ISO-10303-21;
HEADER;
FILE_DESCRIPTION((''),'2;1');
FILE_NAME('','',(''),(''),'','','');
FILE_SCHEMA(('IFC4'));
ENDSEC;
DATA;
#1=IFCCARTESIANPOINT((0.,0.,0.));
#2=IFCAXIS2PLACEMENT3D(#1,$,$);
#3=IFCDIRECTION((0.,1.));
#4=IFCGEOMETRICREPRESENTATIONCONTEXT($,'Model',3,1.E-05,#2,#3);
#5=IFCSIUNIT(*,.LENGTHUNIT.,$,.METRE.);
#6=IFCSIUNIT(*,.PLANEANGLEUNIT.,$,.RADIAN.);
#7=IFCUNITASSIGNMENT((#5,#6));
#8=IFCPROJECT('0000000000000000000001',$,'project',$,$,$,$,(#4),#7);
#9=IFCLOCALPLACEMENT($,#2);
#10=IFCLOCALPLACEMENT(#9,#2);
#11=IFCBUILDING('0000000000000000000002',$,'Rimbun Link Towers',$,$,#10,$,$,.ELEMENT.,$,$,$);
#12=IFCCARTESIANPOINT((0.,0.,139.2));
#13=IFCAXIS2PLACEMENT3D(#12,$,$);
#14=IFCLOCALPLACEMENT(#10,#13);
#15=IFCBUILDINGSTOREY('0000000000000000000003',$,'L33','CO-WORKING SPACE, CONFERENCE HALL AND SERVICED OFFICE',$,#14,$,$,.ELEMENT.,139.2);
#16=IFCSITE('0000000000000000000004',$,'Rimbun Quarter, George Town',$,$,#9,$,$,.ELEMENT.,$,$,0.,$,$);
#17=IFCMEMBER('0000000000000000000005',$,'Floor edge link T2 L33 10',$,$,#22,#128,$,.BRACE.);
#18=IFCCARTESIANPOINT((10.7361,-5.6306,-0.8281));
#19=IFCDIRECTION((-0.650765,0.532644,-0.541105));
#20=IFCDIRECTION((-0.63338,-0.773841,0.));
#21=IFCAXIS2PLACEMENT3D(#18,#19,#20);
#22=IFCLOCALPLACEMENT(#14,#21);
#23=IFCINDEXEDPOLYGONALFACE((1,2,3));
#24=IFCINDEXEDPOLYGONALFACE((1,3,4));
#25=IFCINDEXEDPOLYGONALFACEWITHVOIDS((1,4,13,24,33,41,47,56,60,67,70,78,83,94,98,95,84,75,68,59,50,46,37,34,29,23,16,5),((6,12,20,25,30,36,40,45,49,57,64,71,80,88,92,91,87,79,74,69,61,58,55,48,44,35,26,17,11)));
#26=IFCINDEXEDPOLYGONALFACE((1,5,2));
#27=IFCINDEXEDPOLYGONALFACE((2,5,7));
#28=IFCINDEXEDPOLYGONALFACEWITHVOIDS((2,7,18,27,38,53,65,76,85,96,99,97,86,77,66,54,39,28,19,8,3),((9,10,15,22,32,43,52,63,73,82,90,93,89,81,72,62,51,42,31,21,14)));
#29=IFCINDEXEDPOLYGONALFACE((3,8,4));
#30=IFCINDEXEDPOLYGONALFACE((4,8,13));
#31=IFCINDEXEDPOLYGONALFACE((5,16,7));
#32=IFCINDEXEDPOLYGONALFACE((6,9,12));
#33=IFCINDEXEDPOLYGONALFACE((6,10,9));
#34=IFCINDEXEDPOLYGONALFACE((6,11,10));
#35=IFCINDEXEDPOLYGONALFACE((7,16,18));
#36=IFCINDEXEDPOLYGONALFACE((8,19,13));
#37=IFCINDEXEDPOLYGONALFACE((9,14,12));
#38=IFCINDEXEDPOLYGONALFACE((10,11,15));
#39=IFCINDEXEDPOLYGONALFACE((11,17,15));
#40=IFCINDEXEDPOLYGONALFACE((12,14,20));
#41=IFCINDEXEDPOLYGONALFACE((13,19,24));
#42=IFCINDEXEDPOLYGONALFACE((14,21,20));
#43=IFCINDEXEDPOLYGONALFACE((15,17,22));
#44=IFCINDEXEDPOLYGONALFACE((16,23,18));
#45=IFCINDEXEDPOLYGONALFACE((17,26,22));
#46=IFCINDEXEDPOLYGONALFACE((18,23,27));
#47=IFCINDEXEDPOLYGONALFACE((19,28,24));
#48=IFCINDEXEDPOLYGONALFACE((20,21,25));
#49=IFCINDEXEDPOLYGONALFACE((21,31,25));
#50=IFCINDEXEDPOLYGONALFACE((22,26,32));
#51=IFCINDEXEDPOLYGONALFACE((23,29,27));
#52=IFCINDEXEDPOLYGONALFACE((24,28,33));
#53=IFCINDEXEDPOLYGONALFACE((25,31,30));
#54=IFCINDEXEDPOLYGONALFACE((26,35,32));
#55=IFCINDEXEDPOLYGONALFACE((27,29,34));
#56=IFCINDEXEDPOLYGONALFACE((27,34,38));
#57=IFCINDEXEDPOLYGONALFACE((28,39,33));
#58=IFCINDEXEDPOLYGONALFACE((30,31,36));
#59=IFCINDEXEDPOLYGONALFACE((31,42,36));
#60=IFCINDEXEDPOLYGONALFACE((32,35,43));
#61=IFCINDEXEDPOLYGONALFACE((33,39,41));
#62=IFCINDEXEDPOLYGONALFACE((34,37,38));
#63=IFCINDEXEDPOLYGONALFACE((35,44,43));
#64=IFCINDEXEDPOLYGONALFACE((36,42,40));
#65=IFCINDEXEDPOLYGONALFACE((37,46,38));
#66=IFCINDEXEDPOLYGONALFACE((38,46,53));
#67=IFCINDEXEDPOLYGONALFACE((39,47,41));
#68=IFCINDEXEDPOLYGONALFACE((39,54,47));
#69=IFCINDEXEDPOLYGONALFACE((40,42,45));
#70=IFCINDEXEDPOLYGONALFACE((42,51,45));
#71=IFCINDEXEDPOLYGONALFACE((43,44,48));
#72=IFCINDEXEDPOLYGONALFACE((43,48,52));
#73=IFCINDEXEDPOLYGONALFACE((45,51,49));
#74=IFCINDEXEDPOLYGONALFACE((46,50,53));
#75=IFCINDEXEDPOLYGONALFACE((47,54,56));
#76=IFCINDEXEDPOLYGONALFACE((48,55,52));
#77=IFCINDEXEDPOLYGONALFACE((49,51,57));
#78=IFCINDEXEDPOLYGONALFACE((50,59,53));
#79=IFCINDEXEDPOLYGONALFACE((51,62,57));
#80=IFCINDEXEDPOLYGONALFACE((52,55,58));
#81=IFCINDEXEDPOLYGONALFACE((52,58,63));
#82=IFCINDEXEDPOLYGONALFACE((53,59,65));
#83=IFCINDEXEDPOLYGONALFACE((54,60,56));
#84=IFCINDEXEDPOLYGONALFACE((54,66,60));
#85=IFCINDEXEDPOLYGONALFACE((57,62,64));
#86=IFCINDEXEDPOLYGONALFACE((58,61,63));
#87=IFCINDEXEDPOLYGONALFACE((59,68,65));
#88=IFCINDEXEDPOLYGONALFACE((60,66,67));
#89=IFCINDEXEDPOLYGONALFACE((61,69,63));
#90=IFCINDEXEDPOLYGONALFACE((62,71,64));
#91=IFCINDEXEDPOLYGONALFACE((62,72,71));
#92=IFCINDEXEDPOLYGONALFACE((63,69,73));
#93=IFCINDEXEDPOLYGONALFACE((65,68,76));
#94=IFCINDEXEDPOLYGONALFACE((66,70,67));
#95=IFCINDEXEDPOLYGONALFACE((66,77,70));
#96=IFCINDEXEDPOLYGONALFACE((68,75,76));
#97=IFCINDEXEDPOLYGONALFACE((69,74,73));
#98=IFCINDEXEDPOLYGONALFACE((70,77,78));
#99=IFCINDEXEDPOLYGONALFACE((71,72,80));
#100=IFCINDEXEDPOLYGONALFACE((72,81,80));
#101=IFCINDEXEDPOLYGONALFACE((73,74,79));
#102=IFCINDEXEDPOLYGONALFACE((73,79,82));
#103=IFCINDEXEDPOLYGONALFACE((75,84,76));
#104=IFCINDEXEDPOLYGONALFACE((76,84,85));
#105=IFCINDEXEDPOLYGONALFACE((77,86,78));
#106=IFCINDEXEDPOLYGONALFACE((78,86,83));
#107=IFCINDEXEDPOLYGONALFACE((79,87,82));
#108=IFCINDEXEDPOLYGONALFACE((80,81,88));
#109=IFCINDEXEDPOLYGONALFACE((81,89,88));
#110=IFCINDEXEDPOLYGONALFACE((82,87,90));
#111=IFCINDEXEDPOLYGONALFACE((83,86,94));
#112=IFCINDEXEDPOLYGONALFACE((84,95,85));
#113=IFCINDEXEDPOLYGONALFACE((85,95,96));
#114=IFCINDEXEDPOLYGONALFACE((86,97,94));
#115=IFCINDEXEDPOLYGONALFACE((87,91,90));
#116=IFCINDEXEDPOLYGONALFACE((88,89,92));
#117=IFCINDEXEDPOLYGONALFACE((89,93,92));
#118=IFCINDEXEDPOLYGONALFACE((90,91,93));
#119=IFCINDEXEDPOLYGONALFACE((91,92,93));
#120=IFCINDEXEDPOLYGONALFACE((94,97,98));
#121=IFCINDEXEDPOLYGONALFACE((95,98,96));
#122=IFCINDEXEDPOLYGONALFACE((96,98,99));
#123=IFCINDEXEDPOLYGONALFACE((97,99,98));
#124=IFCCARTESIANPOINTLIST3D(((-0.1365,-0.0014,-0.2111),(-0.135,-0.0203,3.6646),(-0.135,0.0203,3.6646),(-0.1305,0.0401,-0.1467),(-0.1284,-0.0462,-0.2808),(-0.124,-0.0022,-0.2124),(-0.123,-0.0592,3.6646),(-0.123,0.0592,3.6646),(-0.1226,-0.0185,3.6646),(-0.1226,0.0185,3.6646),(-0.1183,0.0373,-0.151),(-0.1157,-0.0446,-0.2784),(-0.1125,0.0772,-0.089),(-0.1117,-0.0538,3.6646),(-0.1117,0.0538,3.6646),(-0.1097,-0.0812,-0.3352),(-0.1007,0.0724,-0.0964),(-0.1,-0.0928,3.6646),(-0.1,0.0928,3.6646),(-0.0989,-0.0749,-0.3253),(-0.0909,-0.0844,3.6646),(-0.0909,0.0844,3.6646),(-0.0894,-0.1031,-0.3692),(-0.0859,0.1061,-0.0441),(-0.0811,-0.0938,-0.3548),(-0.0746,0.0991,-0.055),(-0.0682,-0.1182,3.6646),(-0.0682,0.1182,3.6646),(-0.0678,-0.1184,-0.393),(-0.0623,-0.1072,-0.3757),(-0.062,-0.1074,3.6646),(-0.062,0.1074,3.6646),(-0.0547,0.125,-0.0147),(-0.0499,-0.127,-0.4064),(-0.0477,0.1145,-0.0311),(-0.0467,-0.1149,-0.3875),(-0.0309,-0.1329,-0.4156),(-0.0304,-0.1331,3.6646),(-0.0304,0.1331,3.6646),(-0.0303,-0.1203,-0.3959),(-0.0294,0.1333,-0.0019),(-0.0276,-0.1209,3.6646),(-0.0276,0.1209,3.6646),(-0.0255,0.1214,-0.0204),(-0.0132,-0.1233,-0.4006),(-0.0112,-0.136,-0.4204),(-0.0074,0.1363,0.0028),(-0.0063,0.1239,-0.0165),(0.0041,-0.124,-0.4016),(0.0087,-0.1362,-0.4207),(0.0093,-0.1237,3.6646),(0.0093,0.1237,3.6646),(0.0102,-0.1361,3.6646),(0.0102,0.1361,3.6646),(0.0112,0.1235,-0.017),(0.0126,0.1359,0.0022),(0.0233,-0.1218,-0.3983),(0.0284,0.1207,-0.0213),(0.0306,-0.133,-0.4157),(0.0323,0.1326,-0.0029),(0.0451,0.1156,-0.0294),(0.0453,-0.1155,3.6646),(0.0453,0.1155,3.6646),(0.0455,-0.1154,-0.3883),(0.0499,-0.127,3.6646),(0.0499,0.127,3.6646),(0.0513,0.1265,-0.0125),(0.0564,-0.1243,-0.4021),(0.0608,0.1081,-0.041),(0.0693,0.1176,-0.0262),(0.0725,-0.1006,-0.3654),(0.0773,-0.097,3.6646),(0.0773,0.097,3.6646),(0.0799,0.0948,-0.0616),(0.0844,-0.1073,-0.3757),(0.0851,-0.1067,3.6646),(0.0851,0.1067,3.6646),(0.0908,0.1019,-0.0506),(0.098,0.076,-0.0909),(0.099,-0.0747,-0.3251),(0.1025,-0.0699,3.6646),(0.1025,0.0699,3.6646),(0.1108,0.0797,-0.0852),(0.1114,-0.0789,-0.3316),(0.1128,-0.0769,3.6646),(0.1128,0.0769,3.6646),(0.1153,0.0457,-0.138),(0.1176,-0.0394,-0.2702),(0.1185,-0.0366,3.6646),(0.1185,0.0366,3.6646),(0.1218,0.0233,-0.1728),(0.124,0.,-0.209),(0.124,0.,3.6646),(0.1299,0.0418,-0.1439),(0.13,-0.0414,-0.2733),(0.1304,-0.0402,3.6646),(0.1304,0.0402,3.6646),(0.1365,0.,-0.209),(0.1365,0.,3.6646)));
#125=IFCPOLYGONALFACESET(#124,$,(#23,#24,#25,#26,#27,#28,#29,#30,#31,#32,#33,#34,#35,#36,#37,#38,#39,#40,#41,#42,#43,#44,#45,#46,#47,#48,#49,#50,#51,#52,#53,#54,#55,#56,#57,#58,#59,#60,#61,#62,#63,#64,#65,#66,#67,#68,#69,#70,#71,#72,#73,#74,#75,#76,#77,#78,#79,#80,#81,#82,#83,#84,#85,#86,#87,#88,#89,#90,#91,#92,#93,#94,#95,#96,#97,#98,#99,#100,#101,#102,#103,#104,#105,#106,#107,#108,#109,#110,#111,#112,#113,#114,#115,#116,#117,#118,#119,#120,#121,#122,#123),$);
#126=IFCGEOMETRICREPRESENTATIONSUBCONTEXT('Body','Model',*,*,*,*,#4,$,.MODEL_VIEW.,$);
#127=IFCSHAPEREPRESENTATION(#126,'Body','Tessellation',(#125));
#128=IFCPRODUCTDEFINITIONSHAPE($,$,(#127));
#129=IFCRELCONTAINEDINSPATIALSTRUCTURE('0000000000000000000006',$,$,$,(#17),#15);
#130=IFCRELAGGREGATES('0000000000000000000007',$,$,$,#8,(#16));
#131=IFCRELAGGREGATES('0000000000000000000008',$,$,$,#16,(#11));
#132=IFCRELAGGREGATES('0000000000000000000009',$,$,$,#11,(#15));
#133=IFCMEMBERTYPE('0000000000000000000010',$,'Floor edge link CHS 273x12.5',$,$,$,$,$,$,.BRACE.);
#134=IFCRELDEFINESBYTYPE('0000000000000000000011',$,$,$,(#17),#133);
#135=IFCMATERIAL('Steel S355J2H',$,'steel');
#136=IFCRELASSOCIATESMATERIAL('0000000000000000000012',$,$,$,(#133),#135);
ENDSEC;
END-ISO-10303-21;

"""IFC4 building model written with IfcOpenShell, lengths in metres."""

from ifc_helpers import new_model, si_unit, direction, frame, origin, origin_2d, place, context, subcontext, project, spatial, hollow_circle, extrude, clip, halfspace, material, material_profile, profile_set, type_object, element, save


model = new_model("IFC4")

# Units and contexts
model_context = context("Model", 3, precision=1e-05, world=origin(), true_north=direction((0.0, 1.0)))
body_context = subcontext(model_context, "Body", "Model", "MODEL_VIEW")
ifc_project = project(units=[si_unit("LENGTHUNIT", "METRE"), si_unit("PLANEANGLEUNIT", "RADIAN")], contexts=[model_context])

# Site, building, storey
site_placement = place(None, origin())
site = spatial("IfcSite", under=ifc_project, at=site_placement, Name="Rimbun Quarter, George Town", CompositionType="ELEMENT", RefElevation=0.0)
building_placement = place(site_placement, origin())
building = spatial("IfcBuilding", under=site, at=building_placement, Name="Rimbun Link Towers", CompositionType="ELEMENT")
storey_placement = place(building_placement, frame((0.0, 0.0, 139.2)))
storey = spatial("IfcBuildingStorey", under=building, at=storey_placement, Name="L33", Description="CO-WORKING SPACE, CONFERENCE HALL AND SERVICED OFFICE", CompositionType="ELEMENT", Elevation=139.2)

# Member
ifc_material_1 = material(Name="Steel S355J2H", Category="steel")
ifc_material_profile_1 = material_profile(ifc_material_1, hollow_circle(Radius=0.1365, WallThickness=0.0125, at=origin_2d()), Name="CHS 273x12.5")
ifc_profile_set_1 = profile_set([ifc_material_profile_1], Name="Steel S355J2H")
member_type = type_object("IfcMemberType", Name="Floor edge link CHS 273x12.5", PredefinedType="BRACE", material=ifc_profile_set_1)
member_placement = place(storey_placement, frame((10.7361, -5.6306, -0.8281), z_axis=(-0.650765, 0.532644, -0.541105), x_axis=(-0.63338, -0.773841, 0.0)))
element("IfcMember", 1, at=member_placement, inside=storey, type_object=member_type, Name="Floor edge link T2 L33 10", PredefinedType="BRACE", context=body_context, shape_type="Clipping", body=[
    clip(extrude(hollow_circle(Radius=0.1365, WallThickness=0.0125, at=origin_2d()), frame((0.0, 0.0, -0.4429)), (0.0, 0.0, 1.0), 4.1074), halfspace(frame((0.0, 0.0, -0.209), z_axis=(0.0, 0.840955, -0.541105)), False)),
])

save(model, "model.ifc")
